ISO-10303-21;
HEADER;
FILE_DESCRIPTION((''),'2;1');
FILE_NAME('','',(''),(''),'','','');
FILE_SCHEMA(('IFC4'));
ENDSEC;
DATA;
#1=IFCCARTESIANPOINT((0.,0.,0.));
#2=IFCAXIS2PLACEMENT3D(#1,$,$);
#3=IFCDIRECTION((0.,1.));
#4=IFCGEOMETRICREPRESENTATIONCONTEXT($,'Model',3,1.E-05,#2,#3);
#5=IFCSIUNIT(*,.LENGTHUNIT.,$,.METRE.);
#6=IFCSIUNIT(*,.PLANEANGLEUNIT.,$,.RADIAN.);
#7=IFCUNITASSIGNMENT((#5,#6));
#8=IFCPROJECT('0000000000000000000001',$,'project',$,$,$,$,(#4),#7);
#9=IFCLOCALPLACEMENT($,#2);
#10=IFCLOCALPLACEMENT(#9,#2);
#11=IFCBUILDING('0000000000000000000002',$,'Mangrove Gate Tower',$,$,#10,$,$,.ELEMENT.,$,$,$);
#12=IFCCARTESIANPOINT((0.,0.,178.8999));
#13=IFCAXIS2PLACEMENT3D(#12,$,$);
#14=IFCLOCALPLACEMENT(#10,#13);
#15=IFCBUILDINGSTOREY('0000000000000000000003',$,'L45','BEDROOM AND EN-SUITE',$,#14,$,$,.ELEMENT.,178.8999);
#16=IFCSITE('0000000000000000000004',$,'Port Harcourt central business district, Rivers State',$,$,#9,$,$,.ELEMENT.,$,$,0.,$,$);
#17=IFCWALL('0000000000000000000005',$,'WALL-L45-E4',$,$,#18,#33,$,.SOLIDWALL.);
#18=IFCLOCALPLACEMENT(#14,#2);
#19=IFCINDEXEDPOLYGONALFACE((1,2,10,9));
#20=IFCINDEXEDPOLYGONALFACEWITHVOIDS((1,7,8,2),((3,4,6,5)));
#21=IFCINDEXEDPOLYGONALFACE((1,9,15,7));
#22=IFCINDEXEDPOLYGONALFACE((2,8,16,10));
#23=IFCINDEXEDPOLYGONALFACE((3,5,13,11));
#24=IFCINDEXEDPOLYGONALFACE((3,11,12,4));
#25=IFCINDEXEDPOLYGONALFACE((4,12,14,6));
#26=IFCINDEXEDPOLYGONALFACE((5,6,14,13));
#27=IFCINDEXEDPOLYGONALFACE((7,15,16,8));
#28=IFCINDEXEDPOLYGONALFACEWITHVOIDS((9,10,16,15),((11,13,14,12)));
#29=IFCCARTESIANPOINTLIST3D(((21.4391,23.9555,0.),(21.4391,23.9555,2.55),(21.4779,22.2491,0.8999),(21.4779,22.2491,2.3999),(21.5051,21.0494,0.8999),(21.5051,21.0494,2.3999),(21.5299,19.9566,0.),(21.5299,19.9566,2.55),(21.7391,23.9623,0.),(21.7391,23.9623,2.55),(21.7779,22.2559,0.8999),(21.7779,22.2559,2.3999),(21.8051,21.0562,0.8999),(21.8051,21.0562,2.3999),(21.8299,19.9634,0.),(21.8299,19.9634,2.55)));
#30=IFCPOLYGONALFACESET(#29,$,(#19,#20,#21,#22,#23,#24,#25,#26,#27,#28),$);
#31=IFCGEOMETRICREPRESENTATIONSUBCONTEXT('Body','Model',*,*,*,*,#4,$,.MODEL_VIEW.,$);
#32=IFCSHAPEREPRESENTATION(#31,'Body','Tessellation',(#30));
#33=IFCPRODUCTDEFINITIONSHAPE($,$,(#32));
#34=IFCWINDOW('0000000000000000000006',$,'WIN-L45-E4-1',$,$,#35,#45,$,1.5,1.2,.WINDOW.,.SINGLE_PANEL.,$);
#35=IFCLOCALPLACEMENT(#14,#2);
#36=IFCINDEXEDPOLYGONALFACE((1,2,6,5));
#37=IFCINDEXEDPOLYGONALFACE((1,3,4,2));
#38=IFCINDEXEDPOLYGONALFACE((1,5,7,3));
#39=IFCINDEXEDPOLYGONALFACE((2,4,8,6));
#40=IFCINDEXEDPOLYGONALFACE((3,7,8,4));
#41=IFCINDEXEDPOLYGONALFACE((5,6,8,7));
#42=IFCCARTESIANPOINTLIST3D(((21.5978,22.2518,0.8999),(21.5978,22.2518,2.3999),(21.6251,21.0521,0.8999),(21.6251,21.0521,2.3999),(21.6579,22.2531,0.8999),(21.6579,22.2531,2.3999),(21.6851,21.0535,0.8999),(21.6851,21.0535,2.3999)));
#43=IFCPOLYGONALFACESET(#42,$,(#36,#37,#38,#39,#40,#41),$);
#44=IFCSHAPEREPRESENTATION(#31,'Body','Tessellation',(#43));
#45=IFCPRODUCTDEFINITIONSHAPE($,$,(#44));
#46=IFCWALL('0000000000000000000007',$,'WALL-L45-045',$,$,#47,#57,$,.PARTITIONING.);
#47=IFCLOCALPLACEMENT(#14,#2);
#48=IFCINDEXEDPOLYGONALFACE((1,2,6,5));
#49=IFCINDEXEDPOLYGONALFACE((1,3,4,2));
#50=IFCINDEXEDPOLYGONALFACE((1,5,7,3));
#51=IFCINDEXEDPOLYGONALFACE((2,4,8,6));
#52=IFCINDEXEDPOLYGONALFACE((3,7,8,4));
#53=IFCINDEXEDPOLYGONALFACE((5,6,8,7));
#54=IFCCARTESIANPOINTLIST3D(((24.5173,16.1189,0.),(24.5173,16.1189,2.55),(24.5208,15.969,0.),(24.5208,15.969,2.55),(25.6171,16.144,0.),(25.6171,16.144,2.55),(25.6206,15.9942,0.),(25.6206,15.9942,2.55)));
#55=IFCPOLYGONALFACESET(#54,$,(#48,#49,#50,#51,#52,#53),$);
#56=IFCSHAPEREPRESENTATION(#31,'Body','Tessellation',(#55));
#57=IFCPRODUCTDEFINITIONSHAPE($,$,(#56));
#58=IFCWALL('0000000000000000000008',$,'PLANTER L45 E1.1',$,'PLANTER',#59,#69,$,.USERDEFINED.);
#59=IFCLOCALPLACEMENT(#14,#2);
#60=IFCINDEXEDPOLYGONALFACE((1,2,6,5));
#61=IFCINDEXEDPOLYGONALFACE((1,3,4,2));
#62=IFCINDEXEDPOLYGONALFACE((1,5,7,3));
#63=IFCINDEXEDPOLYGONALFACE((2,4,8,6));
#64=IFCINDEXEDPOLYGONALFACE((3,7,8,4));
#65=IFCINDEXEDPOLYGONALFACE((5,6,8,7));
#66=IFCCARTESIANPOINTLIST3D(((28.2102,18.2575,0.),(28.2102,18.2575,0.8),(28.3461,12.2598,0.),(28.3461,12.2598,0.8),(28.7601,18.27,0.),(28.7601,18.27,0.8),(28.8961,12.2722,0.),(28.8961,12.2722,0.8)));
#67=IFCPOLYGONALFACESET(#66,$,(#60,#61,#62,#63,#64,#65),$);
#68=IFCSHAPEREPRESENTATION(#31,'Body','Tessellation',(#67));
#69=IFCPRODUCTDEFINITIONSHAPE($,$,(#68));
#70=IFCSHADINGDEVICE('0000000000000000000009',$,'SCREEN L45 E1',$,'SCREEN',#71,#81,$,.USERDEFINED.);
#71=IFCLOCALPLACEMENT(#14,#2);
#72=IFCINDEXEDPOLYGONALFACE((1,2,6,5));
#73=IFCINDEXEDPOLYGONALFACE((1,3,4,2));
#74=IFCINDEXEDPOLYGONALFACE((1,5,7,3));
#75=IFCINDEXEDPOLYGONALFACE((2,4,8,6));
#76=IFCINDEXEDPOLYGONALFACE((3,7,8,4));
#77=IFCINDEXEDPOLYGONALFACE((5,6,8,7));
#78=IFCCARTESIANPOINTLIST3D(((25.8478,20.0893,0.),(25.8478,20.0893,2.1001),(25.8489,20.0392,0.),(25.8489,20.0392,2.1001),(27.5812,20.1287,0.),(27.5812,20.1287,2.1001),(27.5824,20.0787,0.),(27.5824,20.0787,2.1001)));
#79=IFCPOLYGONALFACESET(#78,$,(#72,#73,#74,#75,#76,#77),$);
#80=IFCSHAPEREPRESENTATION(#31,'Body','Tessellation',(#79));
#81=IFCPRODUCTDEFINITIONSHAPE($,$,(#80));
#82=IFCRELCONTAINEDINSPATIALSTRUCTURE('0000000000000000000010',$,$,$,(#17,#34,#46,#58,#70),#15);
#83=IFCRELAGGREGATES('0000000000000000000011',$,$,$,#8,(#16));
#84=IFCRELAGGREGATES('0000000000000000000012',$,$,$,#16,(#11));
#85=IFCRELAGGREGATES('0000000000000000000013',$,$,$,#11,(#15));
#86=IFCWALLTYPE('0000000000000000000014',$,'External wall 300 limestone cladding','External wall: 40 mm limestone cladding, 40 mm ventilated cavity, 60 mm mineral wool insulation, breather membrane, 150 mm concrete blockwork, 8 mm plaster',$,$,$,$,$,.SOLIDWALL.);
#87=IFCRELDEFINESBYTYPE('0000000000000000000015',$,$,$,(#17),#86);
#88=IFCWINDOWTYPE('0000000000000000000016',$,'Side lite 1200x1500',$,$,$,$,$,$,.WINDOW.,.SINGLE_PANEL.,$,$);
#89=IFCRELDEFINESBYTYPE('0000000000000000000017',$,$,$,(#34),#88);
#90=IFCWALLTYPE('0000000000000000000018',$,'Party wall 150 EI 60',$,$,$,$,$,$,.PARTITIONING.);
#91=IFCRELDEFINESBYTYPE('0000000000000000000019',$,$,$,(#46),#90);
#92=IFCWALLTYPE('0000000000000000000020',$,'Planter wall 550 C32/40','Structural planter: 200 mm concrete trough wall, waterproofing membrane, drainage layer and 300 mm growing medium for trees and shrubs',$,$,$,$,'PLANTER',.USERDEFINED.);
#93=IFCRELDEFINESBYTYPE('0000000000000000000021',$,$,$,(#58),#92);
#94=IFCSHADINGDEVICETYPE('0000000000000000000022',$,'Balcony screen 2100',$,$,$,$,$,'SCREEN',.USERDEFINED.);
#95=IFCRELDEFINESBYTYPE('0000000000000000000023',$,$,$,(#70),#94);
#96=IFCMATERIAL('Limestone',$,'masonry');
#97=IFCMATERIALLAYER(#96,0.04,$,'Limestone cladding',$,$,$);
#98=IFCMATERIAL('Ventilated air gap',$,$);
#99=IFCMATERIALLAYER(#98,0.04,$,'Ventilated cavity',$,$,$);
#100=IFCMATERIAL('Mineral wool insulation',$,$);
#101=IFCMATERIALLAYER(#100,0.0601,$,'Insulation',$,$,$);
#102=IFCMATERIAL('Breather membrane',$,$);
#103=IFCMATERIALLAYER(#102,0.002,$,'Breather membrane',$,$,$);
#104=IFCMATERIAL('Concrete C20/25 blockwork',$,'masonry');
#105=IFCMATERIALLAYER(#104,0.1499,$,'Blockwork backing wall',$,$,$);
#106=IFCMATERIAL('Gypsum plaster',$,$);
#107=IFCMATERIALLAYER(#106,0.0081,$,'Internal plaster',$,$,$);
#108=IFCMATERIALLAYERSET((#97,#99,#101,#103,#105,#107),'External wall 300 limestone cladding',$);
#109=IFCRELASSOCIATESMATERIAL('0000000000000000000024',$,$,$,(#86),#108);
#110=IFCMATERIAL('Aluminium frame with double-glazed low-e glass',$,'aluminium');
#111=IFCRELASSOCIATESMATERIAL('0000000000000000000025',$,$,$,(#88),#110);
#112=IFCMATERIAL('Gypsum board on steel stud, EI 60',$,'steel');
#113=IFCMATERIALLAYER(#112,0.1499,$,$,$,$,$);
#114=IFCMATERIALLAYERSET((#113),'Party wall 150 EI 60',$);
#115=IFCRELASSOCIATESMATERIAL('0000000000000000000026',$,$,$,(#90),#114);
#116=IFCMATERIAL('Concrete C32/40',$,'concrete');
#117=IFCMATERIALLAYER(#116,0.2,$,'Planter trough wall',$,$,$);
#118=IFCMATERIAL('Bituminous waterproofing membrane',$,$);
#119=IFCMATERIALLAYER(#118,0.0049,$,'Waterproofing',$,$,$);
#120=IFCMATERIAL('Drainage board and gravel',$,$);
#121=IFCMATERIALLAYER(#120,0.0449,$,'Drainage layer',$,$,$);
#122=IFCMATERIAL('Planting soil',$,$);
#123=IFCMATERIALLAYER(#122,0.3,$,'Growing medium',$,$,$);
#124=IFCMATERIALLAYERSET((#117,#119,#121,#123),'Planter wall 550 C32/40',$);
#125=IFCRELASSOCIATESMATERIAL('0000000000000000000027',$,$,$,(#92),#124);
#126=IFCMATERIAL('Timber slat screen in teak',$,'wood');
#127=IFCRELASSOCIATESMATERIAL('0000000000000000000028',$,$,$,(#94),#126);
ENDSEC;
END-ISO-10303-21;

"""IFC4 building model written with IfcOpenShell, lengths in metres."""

from ifc_helpers import new_model, si_unit, direction, frame, frame_2d, origin, origin_2d, place, context, subcontext, project, spatial, rectangle, extrude, material, layer, layer_set, type_object, element, fill, save


model = new_model("IFC4")

# Units and contexts
model_context = context("Model", 3, precision=1e-05, world=origin(), true_north=direction((0.0, 1.0)))
body_context = subcontext(model_context, "Body", "Model", "MODEL_VIEW")
ifc_project = project(units=[si_unit("LENGTHUNIT", "METRE"), si_unit("PLANEANGLEUNIT", "RADIAN")], contexts=[model_context])

# Site, building, storey
site_placement = place(None, origin())
site = spatial("IfcSite", under=ifc_project, at=site_placement, Name="Port Harcourt central business district, Rivers State", CompositionType="ELEMENT", RefElevation=0.0)
building_placement = place(site_placement, origin())
building = spatial("IfcBuilding", under=site, at=building_placement, Name="Mangrove Gate Tower", CompositionType="ELEMENT")
storey_placement = place(building_placement, frame((0.0, 0.0, 178.8999)))
storey = spatial("IfcBuildingStorey", under=building, at=storey_placement, Name="L45", Description="BEDROOM AND EN-SUITE", CompositionType="ELEMENT", Elevation=178.8999)

# Wall, opening, window
ifc_material_1 = material(Name="Limestone", Category="masonry")
ifc_layer_1 = layer(ifc_material_1, 0.04, Name="Limestone cladding")
ifc_material_2 = material(Name="Ventilated air gap")
ifc_layer_2 = layer(ifc_material_2, 0.04, Name="Ventilated cavity")
ifc_material_3 = material(Name="Mineral wool insulation")
ifc_layer_3 = layer(ifc_material_3, 0.0601, Name="Insulation")
ifc_material_4 = material(Name="Breather membrane")
ifc_layer_4 = layer(ifc_material_4, 0.002, Name="Breather membrane")
ifc_material_5 = material(Name="Concrete C20/25 blockwork", Category="masonry")
ifc_layer_5 = layer(ifc_material_5, 0.1499, Name="Blockwork backing wall")
ifc_material_6 = material(Name="Gypsum plaster")
ifc_layer_6 = layer(ifc_material_6, 0.0081, Name="Internal plaster")
ifc_layer_set_1 = layer_set([ifc_layer_1, ifc_layer_2, ifc_layer_3, ifc_layer_4, ifc_layer_5, ifc_layer_6], Name="External wall 300 limestone cladding")
wall_type_1 = type_object("IfcWallType", Name="External wall 300 limestone cladding", Description="External wall: 40 mm limestone cladding, 40 mm ventilated cavity, 60 mm mineral wool insulation, breather membrane, 150 mm concrete blockwork, 8 mm plaster", PredefinedType="SOLIDWALL", material=ifc_layer_set_1)
ifc_material_7 = material(Name="Aluminium frame with double-glazed low-e glass", Category="aluminium")
window_type_1 = type_object("IfcWindowType", Name="Side lite 1200x1500", PartitioningType="SINGLE_PANEL", PredefinedType="WINDOW", material=ifc_material_7)
wall_1_placement = place(storey_placement, frame((21.6799, 19.96, 0.0), z_axis=(0.0, 0.0, 1.0), x_axis=(-0.022705, 0.999742, 0.0)))
wall_1 = element("IfcWall", 1, at=wall_1_placement, inside=storey, type_object=wall_type_1, Name="WALL-L45-E4", PredefinedType="SOLIDWALL", context=body_context, shape_type="SweptSolid", body=[
    extrude(rectangle(XDim=4.0, YDim=0.3, at=frame_2d((2.0, 0.0))), origin(), (0.0, 0.0, 1.0), 2.55),
])
opening_1_placement = place(wall_1_placement, frame((1.093, 0.0, 0.8999)))
opening_1 = element("IfcOpeningElement", 2, at=opening_1_placement, cuts=wall_1, PredefinedType="OPENING", context=body_context, shape_type="SweptSolid", body=[
    extrude(rectangle(XDim=1.2, YDim=1.5, at=frame_2d((0.6001, 0.75))), frame((0.0, 0.1599, 0.0), z_axis=(0.0, -1.0, 0.0), x_axis=(1.0, 0.0, 0.0)), (0.0, 0.0, 1.0), 0.3201),
])
window_1_placement = place(opening_1_placement, origin())
window_1 = element("IfcWindow", 3, at=window_1_placement, inside=storey, type_object=window_type_1, Name="WIN-L45-E4-1", OverallHeight=1.5, OverallWidth=1.2, PartitioningType="SINGLE_PANEL", PredefinedType="WINDOW", context=body_context, shape_type="SweptSolid", body=[
    extrude(rectangle(XDim=1.2, YDim=1.5, at=frame_2d((0.6001, 0.75))), frame((0.0, 0.03, 0.0), z_axis=(0.0, -1.0, 0.0), x_axis=(1.0, 0.0, 0.0)), (0.0, 0.0, 1.0), 0.0601),
])
fill(opening_1, window_1)

# Walls
ifc_material_8 = material(Name="Gypsum board on steel stud, EI 60", Category="steel")
ifc_layer_7 = layer(ifc_material_8, 0.1499)
ifc_layer_set_2 = layer_set([ifc_layer_7], Name="Party wall 150 EI 60")
wall_type_2 = type_object("IfcWallType", Name="Party wall 150 EI 60", PredefinedType="PARTITIONING", material=ifc_layer_set_2)
wall_2_placement = place(storey_placement, frame((24.519, 16.0439, 0.0), z_axis=(0.0, 0.0, 1.0), x_axis=(0.999739, 0.022858, 0.0)))
element("IfcWall", 4, at=wall_2_placement, inside=storey, type_object=wall_type_2, Name="WALL-L45-045", PredefinedType="PARTITIONING", context=body_context, shape_type="SweptSolid", body=[
    extrude(rectangle(XDim=1.1001, YDim=0.1499, at=frame_2d((0.55, 0.0))), origin(), (0.0, 0.0, 1.0), 2.55),
])
ifc_material_9 = material(Name="Concrete C32/40", Category="concrete")
ifc_layer_8 = layer(ifc_material_9, 0.2, Name="Planter trough wall")
ifc_material_10 = material(Name="Bituminous waterproofing membrane")
ifc_layer_9 = layer(ifc_material_10, 0.0049, Name="Waterproofing")
ifc_material_11 = material(Name="Drainage board and gravel")
ifc_layer_10 = layer(ifc_material_11, 0.0449, Name="Drainage layer")
ifc_material_12 = material(Name="Planting soil")
ifc_layer_11 = layer(ifc_material_12, 0.3, Name="Growing medium")
ifc_layer_set_3 = layer_set([ifc_layer_8, ifc_layer_9, ifc_layer_10, ifc_layer_11], Name="Planter wall 550 C32/40")
wall_type_3 = type_object("IfcWallType", Name="Planter wall 550 C32/40", Description="Structural planter: 200 mm concrete trough wall, waterproofing membrane, drainage layer and 300 mm growing medium for trees and shrubs", ElementType="PLANTER", PredefinedType="USERDEFINED", material=ifc_layer_set_3)
wall_3_placement = place(storey_placement, frame((28.6211, 12.2661, 0.0), z_axis=(0.0, 0.0, 1.0), x_axis=(-0.022667, 0.999743, 0.0)))
element("IfcWall", 5, at=wall_3_placement, inside=storey, type_object=wall_type_3, Name="PLANTER L45 E1.1", ObjectType="PLANTER", PredefinedType="USERDEFINED", context=body_context, shape_type="SweptSolid", body=[
    extrude(rectangle(XDim=5.9993, YDim=0.55, at=frame_2d((2.9995, 0.0))), origin(), (0.0, 0.0, 1.0), 0.8),
])

# Shading device
ifc_material_13 = material(Name="Timber slat screen in teak", Category="wood")
shading_device_type = type_object("IfcShadingDeviceType", Name="Balcony screen 2100", ElementType="SCREEN", PredefinedType="USERDEFINED", material=ifc_material_13)
shading_device_placement = place(storey_placement, frame((26.7151, 20.084, 0.0), z_axis=(0.0, 0.0, 1.0), x_axis=(0.999741, 0.022757, 0.0)))
element("IfcShadingDevice", 6, at=shading_device_placement, inside=storey, type_object=shading_device_type, Name="SCREEN L45 E1", ObjectType="SCREEN", PredefinedType="USERDEFINED", context=body_context, shape_type="SweptSolid", body=[
    extrude(rectangle(XDim=1.7339, YDim=0.05, at=origin_2d()), origin(), (0.0, 0.0, 1.0), 2.1001),
])

save(model, "model.ifc")
